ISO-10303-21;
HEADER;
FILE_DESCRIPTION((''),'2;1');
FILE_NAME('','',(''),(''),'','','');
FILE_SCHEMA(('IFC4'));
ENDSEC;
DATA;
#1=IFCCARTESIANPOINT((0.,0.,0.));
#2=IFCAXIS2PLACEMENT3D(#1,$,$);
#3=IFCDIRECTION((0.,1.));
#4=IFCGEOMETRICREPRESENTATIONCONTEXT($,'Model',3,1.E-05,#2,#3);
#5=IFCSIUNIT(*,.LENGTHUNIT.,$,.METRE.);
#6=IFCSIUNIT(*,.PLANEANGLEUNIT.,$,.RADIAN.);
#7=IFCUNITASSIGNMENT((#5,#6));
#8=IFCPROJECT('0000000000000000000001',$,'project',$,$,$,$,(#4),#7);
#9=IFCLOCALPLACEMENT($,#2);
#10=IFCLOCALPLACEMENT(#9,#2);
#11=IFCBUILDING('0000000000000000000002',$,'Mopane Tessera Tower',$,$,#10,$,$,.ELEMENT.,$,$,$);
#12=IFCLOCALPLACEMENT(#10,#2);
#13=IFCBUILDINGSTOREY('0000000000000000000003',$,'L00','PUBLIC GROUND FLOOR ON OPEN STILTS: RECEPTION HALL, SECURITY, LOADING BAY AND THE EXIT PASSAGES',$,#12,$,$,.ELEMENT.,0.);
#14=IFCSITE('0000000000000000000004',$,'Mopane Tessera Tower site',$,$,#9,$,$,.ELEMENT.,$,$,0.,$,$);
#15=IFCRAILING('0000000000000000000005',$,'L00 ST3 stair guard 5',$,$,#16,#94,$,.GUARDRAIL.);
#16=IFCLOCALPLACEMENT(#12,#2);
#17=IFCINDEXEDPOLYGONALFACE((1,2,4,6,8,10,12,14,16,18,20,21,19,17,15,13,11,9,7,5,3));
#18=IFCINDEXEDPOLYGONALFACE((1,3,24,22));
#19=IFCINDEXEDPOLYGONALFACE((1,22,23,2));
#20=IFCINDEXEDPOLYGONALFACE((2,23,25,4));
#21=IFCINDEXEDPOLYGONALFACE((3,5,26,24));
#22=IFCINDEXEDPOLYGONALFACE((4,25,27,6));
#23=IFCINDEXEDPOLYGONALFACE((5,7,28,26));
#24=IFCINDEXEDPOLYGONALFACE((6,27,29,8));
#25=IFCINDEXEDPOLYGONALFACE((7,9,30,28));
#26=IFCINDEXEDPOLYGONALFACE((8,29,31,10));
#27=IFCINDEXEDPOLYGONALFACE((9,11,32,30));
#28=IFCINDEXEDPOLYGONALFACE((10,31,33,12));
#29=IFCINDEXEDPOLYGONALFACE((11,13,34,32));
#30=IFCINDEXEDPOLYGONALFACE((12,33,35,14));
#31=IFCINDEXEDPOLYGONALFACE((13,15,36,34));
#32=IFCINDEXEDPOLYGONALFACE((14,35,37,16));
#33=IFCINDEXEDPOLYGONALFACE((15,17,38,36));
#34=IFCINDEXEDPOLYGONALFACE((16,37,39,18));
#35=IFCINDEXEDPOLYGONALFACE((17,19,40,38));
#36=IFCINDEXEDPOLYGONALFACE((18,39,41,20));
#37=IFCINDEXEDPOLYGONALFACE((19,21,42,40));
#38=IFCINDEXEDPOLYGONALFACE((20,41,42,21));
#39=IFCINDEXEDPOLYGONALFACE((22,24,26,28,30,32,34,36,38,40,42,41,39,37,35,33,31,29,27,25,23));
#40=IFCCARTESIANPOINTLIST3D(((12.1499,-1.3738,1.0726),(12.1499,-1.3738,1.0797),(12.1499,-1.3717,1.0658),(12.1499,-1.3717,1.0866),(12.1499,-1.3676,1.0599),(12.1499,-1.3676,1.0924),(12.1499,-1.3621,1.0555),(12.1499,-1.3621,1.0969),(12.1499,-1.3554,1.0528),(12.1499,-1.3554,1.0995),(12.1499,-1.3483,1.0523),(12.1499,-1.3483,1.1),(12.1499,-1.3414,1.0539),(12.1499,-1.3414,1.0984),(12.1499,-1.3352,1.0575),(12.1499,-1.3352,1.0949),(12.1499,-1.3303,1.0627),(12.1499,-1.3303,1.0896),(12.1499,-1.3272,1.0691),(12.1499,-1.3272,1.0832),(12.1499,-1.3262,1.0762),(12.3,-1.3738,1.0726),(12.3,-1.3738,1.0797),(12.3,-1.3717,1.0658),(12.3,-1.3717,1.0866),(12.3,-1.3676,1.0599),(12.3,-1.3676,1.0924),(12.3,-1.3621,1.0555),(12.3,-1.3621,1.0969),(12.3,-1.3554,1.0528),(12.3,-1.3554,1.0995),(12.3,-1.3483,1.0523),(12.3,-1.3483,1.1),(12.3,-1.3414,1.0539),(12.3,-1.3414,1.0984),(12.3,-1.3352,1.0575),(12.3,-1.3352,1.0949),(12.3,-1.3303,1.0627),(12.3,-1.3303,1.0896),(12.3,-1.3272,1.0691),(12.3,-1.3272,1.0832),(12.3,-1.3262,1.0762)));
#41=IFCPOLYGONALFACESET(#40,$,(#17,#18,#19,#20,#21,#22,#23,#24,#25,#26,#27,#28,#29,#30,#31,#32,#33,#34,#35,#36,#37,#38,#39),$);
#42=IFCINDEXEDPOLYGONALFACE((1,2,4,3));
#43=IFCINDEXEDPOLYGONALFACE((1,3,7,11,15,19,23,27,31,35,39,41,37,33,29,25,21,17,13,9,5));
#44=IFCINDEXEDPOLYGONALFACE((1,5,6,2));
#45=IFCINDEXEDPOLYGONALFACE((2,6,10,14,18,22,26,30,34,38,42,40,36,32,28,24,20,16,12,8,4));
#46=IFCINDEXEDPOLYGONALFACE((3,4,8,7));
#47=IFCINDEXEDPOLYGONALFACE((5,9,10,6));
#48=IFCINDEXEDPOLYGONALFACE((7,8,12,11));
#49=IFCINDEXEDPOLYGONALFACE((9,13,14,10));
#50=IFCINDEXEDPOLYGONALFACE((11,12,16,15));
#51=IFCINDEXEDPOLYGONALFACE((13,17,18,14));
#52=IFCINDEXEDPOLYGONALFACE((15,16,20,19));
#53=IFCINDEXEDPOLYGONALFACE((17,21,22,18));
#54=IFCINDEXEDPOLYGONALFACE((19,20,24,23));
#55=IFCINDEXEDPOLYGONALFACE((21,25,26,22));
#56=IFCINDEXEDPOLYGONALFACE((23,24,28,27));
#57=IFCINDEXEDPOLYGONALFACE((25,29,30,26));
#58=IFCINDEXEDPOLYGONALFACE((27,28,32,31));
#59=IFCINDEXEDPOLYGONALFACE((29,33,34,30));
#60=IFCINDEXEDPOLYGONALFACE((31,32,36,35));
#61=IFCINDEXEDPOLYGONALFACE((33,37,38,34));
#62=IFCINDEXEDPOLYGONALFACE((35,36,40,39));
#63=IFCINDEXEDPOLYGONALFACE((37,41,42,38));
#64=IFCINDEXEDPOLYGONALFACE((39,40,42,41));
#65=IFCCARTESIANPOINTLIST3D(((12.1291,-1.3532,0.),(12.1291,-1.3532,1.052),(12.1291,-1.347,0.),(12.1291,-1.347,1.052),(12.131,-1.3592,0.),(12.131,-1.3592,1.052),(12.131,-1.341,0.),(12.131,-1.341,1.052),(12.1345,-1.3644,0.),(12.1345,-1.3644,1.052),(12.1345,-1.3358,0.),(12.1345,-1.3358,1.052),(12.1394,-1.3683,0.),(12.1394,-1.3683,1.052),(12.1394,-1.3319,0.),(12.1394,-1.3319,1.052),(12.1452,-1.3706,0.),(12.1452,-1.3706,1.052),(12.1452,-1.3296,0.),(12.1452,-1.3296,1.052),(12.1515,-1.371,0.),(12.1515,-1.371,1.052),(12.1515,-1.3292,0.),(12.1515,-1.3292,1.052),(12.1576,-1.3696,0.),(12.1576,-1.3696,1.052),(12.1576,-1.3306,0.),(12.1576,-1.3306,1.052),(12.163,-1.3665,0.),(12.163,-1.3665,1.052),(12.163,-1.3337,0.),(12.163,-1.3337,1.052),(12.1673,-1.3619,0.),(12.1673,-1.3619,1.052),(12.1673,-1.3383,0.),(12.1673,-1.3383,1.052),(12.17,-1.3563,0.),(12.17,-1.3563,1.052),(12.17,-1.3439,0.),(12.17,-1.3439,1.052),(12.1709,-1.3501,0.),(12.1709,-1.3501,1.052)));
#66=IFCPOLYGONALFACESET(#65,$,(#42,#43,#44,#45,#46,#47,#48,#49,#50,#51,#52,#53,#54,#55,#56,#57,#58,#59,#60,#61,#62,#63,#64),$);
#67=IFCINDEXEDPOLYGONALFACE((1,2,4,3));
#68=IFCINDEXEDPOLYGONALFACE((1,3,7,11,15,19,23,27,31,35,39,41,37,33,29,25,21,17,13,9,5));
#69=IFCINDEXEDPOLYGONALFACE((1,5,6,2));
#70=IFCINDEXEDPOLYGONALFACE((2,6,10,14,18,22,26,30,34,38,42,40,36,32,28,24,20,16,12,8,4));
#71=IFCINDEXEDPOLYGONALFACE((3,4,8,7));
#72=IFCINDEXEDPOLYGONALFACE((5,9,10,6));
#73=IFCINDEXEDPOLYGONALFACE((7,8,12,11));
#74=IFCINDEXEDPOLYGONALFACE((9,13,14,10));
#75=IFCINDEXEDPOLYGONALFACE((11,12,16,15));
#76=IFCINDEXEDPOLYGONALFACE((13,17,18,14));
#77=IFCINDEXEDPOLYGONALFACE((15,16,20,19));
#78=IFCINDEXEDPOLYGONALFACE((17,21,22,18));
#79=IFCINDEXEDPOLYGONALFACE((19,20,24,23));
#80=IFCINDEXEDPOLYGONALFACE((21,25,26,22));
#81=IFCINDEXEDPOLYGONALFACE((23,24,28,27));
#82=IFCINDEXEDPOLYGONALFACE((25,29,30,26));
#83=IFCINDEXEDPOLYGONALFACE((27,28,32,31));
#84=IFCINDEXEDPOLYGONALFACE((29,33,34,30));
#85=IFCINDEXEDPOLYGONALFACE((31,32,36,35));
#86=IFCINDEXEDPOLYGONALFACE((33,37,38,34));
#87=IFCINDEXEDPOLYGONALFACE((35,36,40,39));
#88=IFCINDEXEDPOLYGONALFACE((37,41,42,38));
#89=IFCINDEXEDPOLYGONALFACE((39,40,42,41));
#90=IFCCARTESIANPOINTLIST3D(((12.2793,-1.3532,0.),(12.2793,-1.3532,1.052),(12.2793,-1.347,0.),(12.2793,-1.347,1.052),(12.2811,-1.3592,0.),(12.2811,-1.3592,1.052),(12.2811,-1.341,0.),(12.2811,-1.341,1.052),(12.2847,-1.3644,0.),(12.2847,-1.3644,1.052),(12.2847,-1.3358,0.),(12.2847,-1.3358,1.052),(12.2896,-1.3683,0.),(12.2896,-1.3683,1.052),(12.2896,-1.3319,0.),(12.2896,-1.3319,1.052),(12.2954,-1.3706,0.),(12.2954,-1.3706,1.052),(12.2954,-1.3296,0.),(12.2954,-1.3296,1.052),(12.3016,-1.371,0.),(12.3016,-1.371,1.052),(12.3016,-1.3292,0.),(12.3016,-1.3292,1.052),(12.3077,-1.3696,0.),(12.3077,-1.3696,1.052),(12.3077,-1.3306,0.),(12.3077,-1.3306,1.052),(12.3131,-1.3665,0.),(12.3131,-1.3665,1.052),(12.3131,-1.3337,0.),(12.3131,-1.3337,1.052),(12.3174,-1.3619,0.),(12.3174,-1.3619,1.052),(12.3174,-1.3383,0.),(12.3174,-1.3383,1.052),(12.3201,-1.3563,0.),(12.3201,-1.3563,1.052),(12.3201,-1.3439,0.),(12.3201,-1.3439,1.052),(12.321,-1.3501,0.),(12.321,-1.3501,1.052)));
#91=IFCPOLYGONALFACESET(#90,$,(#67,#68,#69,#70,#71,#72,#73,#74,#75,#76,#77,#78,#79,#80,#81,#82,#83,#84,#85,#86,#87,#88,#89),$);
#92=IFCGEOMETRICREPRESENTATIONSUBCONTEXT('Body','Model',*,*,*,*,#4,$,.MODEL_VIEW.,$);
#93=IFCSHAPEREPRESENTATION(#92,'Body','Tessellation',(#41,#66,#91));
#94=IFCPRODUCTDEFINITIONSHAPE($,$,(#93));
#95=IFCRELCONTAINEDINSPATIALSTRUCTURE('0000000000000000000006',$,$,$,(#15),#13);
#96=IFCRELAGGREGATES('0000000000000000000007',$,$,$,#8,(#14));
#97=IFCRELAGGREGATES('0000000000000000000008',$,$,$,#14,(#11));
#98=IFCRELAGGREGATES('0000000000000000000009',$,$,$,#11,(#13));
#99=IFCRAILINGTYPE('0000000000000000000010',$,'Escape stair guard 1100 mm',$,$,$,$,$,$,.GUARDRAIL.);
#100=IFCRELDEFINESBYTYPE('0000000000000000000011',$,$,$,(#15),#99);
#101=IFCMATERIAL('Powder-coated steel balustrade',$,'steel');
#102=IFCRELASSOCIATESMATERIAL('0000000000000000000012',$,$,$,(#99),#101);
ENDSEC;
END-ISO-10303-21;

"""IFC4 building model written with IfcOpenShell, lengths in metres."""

from ifc_helpers import new_model, si_unit, direction, frame, origin, origin_2d, place, context, subcontext, project, spatial, circle, extrude, material, type_object, element, save


model = new_model("IFC4")

# Units and contexts
model_context = context("Model", 3, precision=1e-05, world=origin(), true_north=direction((0.0, 1.0)))
body_context = subcontext(model_context, "Body", "Model", "MODEL_VIEW")
ifc_project = project(units=[si_unit("LENGTHUNIT", "METRE"), si_unit("PLANEANGLEUNIT", "RADIAN")], contexts=[model_context])

# Site, building, storey
site_placement = place(None, origin())
site = spatial("IfcSite", under=ifc_project, at=site_placement, Name="Mopane Tessera Tower site", CompositionType="ELEMENT", RefElevation=0.0)
building_placement = place(site_placement, origin())
building = spatial("IfcBuilding", under=site, at=building_placement, Name="Mopane Tessera Tower", CompositionType="ELEMENT")
storey_placement = place(building_placement, origin())
storey = spatial("IfcBuildingStorey", under=building, at=storey_placement, Name="L00", Description="PUBLIC GROUND FLOOR ON OPEN STILTS: RECEPTION HALL, SECURITY, LOADING BAY AND THE EXIT PASSAGES", CompositionType="ELEMENT", Elevation=0.0)

# Railing
ifc_material_1 = material(Name="Powder-coated steel balustrade", Category="steel")
railing_type_1 = type_object("IfcRailingType", Name="Escape stair guard 1100 mm", PredefinedType="GUARDRAIL", material=ifc_material_1)
railing_1_placement = place(storey_placement, frame((12.1499, -1.3501, 0.0)))
element("IfcRailing", 1, at=railing_1_placement, inside=storey, type_object=railing_type_1, Name="L00 ST3 stair guard 5", PredefinedType="GUARDRAIL", context=body_context, shape_type="SweptSolid", body=[
    extrude(circle(Radius=0.0239, at=origin_2d()), frame((0.0, 0.0, 1.0762), z_axis=(1.0, 0.0, 0.0), x_axis=(0.0, 1.0, 0.0)), (0.0, 0.0, 1.0), 0.1501),
    extrude(circle(Radius=0.021, at=origin_2d()), origin(), (0.0, 0.0, 1.0), 1.052),
    extrude(circle(Radius=0.021, at=origin_2d()), frame((0.1501, 0.0, 0.0)), (0.0, 0.0, 1.0), 1.052),
])

save(model, "model.ifc")
